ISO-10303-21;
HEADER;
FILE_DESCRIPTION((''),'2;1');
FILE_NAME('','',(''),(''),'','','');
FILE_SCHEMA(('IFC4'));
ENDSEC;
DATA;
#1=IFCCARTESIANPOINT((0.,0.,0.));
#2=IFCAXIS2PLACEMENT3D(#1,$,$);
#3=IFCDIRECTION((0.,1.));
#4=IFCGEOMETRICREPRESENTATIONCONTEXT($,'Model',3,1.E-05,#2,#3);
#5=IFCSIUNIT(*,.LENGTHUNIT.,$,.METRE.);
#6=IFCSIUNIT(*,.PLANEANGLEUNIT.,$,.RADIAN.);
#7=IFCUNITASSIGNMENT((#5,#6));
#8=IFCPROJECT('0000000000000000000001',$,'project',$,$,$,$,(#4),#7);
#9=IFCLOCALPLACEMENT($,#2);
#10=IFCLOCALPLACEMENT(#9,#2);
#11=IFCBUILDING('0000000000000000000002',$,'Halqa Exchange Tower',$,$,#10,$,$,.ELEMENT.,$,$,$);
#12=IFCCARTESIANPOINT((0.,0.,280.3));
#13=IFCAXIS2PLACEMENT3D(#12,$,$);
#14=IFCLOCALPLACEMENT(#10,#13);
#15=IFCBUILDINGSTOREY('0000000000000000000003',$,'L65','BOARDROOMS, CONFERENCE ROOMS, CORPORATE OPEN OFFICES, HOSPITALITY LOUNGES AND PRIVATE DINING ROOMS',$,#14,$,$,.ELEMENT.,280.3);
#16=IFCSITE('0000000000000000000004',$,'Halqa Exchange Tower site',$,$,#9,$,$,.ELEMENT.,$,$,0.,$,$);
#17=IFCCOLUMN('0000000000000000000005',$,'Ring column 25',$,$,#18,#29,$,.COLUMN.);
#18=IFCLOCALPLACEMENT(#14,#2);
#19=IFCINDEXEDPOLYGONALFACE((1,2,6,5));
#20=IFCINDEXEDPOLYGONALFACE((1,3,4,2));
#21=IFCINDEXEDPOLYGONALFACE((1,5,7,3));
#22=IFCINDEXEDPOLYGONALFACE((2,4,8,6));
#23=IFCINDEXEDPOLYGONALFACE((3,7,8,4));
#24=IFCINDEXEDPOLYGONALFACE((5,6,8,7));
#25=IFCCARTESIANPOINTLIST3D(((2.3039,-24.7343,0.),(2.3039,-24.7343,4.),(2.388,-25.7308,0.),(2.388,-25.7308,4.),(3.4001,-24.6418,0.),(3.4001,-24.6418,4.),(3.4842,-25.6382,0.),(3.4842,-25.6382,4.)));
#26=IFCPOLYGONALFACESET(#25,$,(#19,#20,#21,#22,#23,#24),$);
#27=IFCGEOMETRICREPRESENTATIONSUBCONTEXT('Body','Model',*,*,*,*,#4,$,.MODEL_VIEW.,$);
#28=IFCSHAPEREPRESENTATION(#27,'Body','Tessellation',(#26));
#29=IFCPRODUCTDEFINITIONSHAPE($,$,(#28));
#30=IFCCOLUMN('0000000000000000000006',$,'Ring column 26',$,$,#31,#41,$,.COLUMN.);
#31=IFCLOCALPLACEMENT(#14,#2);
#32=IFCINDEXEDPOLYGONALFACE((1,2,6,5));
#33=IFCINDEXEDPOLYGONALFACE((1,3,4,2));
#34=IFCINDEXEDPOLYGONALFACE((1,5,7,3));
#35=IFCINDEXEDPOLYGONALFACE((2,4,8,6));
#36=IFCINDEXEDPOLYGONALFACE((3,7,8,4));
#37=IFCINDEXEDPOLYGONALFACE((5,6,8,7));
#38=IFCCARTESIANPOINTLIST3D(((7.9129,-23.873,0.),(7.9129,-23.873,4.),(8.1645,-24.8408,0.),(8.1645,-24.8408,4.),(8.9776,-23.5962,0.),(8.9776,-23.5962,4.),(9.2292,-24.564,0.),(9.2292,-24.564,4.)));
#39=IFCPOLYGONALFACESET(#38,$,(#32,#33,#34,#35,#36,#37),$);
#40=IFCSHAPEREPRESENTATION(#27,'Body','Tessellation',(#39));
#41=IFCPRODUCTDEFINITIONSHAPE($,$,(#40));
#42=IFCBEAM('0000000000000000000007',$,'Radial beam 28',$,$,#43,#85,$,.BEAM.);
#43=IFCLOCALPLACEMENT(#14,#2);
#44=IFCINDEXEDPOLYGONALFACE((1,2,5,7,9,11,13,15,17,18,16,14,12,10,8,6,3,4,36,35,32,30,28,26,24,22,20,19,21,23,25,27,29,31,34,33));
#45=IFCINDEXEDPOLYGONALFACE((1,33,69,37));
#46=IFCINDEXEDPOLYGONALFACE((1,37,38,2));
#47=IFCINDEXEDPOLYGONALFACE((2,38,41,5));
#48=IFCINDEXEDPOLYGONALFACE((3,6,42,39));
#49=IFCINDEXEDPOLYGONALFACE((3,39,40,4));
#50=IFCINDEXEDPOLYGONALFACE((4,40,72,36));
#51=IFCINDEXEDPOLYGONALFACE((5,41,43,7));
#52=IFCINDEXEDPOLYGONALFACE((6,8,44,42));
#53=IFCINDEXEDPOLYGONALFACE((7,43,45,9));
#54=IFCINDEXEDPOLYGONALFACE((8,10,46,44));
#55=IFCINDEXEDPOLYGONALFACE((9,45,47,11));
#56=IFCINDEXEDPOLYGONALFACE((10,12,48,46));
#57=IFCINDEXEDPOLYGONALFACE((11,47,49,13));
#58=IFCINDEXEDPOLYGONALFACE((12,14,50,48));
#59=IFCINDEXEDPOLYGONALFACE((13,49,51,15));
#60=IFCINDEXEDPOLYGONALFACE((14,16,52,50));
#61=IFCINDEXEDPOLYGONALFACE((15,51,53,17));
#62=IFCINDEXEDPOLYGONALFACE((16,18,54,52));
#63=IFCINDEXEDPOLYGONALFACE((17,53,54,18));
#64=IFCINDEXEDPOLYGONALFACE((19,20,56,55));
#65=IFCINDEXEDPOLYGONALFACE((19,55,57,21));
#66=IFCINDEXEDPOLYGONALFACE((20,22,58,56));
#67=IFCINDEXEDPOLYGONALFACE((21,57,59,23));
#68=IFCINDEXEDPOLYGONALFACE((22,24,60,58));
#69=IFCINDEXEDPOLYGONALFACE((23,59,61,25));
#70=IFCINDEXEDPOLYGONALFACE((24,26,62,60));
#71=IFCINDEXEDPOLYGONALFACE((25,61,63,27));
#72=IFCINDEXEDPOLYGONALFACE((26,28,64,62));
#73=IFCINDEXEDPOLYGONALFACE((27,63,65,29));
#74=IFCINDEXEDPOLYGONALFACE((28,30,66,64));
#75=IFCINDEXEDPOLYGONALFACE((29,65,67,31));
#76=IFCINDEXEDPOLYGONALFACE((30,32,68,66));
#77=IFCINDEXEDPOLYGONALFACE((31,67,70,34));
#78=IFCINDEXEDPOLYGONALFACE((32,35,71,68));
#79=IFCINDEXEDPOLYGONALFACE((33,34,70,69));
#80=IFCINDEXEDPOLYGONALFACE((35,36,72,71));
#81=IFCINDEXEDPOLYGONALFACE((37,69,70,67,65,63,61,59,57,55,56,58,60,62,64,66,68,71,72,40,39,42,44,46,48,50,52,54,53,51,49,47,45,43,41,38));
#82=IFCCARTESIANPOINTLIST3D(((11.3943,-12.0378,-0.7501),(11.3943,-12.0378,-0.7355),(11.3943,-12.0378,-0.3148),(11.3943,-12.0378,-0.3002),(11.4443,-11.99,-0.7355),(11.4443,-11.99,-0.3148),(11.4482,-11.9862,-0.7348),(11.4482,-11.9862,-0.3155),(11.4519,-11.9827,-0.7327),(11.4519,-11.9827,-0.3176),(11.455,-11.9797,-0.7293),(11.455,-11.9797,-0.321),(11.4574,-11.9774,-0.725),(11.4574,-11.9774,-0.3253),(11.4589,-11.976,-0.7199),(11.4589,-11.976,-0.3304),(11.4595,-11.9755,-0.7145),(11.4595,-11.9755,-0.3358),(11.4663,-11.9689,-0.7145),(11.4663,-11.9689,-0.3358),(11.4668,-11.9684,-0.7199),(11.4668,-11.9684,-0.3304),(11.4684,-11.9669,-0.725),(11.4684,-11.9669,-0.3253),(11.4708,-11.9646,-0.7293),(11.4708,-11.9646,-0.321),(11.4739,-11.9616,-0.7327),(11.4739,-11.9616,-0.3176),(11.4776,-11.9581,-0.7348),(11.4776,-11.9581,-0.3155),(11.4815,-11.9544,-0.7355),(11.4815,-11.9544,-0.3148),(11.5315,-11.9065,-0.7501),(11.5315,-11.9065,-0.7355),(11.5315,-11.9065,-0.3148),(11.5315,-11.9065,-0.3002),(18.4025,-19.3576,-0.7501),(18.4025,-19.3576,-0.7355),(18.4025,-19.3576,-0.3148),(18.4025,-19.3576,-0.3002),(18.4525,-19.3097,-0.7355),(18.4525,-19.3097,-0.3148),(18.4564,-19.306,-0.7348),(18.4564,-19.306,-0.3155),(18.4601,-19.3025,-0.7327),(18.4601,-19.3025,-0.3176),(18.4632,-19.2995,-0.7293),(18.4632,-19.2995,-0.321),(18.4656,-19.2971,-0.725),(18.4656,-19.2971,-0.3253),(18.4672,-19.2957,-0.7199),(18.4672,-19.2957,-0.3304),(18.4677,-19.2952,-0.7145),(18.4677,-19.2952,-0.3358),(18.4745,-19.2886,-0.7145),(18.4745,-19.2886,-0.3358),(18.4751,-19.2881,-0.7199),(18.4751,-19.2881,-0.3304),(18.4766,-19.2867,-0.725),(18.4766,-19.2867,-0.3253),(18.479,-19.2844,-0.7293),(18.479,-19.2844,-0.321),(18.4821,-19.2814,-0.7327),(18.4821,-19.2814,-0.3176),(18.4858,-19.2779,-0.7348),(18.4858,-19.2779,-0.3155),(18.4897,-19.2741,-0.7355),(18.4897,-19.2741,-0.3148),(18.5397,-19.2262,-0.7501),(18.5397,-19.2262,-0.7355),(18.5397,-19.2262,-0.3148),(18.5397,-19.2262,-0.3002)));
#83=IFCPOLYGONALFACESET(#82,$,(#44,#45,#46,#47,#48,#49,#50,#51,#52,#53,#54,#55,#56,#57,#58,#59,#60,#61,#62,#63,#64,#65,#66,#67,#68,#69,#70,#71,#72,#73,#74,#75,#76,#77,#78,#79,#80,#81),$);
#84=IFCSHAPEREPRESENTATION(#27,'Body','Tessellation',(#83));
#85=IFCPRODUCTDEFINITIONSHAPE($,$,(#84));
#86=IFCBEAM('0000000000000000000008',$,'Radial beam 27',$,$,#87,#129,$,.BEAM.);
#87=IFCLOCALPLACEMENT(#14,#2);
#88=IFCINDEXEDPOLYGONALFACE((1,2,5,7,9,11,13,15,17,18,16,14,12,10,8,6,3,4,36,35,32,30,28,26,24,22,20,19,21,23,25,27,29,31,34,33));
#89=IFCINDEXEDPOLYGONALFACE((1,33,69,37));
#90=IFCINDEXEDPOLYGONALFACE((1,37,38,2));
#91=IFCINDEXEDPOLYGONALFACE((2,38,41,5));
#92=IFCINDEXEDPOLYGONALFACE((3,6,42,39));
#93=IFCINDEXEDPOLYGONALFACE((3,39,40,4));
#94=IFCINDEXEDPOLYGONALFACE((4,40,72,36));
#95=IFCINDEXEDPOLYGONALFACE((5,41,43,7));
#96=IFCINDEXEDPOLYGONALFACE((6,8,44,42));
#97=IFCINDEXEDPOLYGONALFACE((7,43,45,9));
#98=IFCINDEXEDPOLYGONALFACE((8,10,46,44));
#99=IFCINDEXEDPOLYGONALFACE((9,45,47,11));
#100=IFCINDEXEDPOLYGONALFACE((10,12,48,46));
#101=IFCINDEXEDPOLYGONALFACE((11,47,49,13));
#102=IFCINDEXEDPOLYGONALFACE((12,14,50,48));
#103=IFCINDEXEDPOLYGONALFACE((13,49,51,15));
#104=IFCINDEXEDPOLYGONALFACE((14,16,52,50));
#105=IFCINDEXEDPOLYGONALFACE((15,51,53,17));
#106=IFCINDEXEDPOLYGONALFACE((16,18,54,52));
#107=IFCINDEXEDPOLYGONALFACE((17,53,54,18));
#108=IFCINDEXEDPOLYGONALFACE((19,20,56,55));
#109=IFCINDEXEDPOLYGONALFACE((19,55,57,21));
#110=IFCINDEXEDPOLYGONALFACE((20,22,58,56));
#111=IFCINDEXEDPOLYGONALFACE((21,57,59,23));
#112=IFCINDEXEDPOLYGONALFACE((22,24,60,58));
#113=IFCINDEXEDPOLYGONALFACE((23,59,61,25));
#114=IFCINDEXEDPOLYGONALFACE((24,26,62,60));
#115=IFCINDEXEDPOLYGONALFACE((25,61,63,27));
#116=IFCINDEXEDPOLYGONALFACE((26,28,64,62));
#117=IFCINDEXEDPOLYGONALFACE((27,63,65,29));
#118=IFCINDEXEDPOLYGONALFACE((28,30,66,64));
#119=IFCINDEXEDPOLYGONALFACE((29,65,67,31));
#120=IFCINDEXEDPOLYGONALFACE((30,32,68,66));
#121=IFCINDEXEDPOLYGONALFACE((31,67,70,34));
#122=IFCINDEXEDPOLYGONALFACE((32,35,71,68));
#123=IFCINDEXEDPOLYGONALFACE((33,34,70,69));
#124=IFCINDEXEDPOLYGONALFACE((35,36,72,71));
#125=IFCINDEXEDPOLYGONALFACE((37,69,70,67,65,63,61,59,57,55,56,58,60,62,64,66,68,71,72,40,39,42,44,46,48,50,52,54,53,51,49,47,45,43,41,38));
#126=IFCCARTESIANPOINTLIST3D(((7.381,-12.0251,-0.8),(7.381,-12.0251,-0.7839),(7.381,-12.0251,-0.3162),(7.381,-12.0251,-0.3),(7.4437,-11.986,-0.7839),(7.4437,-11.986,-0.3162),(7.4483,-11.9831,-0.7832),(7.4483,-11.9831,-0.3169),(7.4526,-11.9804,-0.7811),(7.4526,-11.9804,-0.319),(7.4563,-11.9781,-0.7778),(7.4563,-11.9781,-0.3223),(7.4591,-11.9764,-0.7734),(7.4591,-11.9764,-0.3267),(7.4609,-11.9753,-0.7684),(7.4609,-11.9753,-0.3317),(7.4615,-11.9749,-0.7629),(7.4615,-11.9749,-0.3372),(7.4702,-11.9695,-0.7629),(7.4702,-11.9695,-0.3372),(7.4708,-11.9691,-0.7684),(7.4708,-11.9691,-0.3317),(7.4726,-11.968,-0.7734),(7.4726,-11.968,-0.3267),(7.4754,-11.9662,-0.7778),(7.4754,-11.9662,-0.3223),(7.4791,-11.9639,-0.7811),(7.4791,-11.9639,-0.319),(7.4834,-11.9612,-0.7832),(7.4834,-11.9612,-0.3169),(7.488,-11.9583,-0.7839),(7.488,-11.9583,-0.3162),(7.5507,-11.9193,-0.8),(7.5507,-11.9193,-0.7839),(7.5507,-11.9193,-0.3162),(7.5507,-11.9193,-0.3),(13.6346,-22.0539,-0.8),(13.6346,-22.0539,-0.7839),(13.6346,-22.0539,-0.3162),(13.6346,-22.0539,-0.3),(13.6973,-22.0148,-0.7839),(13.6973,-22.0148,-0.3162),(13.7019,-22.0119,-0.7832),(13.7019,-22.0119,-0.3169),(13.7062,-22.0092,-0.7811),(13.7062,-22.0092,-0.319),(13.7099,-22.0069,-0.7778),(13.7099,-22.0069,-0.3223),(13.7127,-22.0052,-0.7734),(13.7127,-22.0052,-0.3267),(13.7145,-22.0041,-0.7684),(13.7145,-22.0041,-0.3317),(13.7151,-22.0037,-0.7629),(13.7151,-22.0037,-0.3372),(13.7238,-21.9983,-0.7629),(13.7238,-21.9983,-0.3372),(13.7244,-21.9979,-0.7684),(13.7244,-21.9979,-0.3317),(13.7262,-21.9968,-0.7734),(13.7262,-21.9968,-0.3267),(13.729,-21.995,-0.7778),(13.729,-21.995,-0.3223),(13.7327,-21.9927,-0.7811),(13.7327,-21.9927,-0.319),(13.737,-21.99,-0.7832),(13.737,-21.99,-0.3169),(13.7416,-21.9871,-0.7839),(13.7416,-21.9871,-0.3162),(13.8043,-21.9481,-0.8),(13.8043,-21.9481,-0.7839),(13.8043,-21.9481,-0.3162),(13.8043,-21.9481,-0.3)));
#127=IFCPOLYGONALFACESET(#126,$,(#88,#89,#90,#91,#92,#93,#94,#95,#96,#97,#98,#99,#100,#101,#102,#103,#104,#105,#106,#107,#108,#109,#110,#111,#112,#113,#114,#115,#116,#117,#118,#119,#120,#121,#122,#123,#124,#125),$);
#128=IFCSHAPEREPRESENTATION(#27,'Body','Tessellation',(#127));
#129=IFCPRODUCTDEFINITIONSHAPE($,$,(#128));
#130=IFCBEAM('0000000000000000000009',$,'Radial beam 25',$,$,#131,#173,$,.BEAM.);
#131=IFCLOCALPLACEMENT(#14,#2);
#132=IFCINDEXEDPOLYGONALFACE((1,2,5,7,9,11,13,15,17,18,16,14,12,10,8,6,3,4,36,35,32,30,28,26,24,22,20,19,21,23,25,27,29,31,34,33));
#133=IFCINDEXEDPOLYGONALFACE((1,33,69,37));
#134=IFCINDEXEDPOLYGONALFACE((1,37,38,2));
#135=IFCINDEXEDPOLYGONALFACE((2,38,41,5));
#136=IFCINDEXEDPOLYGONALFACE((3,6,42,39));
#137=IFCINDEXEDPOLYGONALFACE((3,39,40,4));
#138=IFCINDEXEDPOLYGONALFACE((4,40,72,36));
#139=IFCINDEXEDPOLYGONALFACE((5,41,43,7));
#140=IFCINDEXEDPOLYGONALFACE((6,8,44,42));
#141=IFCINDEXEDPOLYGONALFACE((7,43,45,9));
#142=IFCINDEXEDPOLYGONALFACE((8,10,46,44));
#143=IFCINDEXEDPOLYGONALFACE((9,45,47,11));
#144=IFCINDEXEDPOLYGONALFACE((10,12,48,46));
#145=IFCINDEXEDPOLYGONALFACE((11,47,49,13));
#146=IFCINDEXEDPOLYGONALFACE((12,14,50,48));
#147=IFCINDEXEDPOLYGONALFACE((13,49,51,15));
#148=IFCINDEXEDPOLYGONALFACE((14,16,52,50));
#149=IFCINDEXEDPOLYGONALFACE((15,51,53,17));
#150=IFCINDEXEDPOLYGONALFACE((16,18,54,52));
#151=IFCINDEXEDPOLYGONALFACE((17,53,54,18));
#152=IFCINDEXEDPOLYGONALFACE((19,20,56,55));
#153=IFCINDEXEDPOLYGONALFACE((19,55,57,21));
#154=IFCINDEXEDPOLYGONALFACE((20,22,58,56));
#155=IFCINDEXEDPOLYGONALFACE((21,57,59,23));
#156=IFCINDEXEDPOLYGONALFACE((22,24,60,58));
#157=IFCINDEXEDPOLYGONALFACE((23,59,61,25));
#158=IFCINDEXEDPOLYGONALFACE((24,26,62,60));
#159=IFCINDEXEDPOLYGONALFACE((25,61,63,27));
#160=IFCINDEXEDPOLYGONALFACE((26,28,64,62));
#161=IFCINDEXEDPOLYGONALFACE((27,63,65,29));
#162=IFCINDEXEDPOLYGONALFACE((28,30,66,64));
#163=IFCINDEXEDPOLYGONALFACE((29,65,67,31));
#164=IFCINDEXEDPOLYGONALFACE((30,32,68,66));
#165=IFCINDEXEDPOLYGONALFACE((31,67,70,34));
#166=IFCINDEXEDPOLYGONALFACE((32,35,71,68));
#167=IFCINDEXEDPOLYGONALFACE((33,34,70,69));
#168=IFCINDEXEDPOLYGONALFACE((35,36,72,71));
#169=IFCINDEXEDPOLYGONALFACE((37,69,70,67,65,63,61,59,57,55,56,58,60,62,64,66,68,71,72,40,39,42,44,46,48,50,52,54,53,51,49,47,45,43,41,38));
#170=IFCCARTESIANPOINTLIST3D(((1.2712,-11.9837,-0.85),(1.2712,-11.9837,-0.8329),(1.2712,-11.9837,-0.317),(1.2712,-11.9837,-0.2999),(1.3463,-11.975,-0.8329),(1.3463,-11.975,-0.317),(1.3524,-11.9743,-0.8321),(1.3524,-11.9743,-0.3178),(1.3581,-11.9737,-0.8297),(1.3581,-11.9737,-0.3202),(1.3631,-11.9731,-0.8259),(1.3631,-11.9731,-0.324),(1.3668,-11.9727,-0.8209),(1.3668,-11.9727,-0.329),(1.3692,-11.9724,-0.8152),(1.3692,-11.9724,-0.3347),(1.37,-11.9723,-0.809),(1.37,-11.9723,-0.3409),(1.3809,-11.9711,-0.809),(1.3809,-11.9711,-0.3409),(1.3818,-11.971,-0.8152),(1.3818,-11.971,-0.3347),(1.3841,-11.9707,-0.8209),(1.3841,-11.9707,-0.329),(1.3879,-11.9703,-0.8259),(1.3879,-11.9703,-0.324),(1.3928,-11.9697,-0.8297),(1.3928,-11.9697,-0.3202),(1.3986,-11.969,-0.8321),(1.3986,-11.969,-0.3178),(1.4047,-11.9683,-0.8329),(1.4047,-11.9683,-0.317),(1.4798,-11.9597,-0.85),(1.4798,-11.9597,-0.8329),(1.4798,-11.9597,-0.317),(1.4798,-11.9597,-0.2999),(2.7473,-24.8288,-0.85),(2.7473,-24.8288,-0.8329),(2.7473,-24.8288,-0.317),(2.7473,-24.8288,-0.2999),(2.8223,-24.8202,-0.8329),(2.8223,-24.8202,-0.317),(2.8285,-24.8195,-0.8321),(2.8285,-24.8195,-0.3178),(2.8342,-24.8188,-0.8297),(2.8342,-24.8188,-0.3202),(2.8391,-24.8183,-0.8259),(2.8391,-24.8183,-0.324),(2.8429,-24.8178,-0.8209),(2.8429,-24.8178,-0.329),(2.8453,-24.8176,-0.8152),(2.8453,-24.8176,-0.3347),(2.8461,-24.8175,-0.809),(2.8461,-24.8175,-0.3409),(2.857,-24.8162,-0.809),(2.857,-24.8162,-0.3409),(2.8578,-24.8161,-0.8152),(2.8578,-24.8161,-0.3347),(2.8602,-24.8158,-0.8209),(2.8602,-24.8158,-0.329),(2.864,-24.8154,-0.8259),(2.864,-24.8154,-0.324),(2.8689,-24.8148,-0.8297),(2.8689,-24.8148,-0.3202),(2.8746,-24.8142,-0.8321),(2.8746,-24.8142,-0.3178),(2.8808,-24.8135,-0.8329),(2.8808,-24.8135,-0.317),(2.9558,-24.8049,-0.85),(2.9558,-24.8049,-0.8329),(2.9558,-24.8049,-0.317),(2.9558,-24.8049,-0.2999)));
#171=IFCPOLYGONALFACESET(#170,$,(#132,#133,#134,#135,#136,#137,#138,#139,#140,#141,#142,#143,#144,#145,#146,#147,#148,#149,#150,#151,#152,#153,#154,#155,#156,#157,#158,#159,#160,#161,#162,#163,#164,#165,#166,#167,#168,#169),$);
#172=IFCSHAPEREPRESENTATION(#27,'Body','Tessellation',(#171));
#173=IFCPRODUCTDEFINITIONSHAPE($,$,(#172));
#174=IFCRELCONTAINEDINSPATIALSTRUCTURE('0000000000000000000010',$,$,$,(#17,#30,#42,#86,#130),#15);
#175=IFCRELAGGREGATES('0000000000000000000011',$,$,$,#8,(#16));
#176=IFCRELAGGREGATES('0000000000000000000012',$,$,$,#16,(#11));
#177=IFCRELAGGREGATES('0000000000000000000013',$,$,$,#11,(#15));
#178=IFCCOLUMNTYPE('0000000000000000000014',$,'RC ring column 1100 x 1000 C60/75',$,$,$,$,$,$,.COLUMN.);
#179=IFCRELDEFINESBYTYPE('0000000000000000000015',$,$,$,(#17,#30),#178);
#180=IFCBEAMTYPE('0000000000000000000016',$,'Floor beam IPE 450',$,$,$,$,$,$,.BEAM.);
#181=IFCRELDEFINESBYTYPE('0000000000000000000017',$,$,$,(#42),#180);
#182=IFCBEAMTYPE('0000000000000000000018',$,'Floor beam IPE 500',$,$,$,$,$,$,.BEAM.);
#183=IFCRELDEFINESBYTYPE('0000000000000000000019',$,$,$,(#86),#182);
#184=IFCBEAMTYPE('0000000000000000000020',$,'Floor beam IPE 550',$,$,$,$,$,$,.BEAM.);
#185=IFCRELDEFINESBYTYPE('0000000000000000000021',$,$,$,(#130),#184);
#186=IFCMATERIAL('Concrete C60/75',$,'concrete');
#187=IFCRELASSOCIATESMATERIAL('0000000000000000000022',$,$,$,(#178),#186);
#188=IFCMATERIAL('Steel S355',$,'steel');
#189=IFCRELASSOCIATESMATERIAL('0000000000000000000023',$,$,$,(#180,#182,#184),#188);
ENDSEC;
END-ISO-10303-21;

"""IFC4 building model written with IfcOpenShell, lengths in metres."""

from ifc_helpers import new_model, si_unit, direction, frame, origin, origin_2d, place, context, subcontext, project, spatial, rectangle, i_section, extrude, material, material_profile, profile_set, type_object, element, save


model = new_model("IFC4")

# Units and contexts
model_context = context("Model", 3, precision=1e-05, world=origin(), true_north=direction((0.0, 1.0)))
body_context = subcontext(model_context, "Body", "Model", "MODEL_VIEW")
ifc_project = project(units=[si_unit("LENGTHUNIT", "METRE"), si_unit("PLANEANGLEUNIT", "RADIAN")], contexts=[model_context])

# Site, building, storey
site_placement = place(None, origin())
site = spatial("IfcSite", under=ifc_project, at=site_placement, Name="Halqa Exchange Tower site", CompositionType="ELEMENT", RefElevation=0.0)
building_placement = place(site_placement, origin())
building = spatial("IfcBuilding", under=site, at=building_placement, Name="Halqa Exchange Tower", CompositionType="ELEMENT")
storey_placement = place(building_placement, frame((0.0, 0.0, 280.3)))
storey = spatial("IfcBuildingStorey", under=building, at=storey_placement, Name="L65", Description="BOARDROOMS, CONFERENCE ROOMS, CORPORATE OPEN OFFICES, HOSPITALITY LOUNGES AND PRIVATE DINING ROOMS", CompositionType="ELEMENT", Elevation=280.3)

# Columns
ifc_material_1 = material(Name="Concrete C60/75", Category="concrete")
ifc_material_profile_1 = material_profile(ifc_material_1, rectangle(XDim=1.1001, YDim=1.0, at=origin_2d()), Name="1100 x 1000")
ifc_profile_set_1 = profile_set([ifc_material_profile_1], Name="Concrete C60/75")
column_type = type_object("IfcColumnType", Name="RC ring column 1100 x 1000 C60/75", PredefinedType="COLUMN", material=ifc_profile_set_1)
for number, where, z_axis, x_axis, name in (
    (1, (2.894, -25.1863, 0.0), (0.0, 0.0, 1.0), (0.996456, 0.084121, 0.0), "Ring column 25"),
    (2, (8.571, -24.2185, 0.0), (0.0, 0.0, 1.0), (0.96782, 0.251644, 0.0), "Ring column 26"),
):
    element("IfcColumn", number, at=place(storey_placement, frame(where, z_axis=z_axis, x_axis=x_axis)), inside=storey, type_object=column_type, Name=name, PredefinedType="COLUMN", context=body_context, shape_type="SweptSolid", body=[
        extrude(rectangle(XDim=1.1001, YDim=1.0, at=origin_2d()), origin(), (0.0, 0.0, 1.0), 4.0),
    ])

# Beams
ifc_material_2 = material(Name="Steel S355", Category="steel")
ifc_material_profile_2 = material_profile(ifc_material_2, i_section(OverallWidth=0.1899, OverallDepth=0.45, WebThickness=0.0095, FlangeThickness=0.0146, FilletRadius=0.021, at=origin_2d()), Name="IPE 450")
ifc_profile_set_2 = profile_set([ifc_material_profile_2], Name="Steel S355")
beam_type_1 = type_object("IfcBeamType", Name="Floor beam IPE 450", PredefinedType="BEAM", material=ifc_profile_set_2)
beam_1_placement = place(storey_placement, frame((11.4629, -11.9722, -0.5251), z_axis=(0.691569, -0.72231, 0.0), x_axis=(0.72231, 0.691569, 0.0)))
element("IfcBeam", 3, at=beam_1_placement, inside=storey, type_object=beam_type_1, Name="Radial beam 28", PredefinedType="BEAM", context=body_context, shape_type="SweptSolid", body=[
    extrude(i_section(OverallWidth=0.1899, OverallDepth=0.45, WebThickness=0.0095, FlangeThickness=0.0146, FilletRadius=0.021, at=origin_2d()), origin(), (0.0, 0.0, 1.0), 10.1338),
])
ifc_material_profile_3 = material_profile(ifc_material_2, i_section(OverallWidth=0.2, OverallDepth=0.5, WebThickness=0.0103, FlangeThickness=0.0161, FilletRadius=0.021, at=origin_2d()), Name="IPE 500")
ifc_profile_set_3 = profile_set([ifc_material_profile_3], Name="Steel S355")
beam_type_2 = type_object("IfcBeamType", Name="Floor beam IPE 500", PredefinedType="BEAM", material=ifc_profile_set_3)
beam_2_placement = place(storey_placement, frame((7.4658, -11.9722, -0.55), z_axis=(0.529126, -0.848543, 0.0), x_axis=(0.848543, 0.529126, 0.0)))
element("IfcBeam", 4, at=beam_2_placement, inside=storey, type_object=beam_type_2, Name="Radial beam 27", PredefinedType="BEAM", context=body_context, shape_type="SweptSolid", body=[
    extrude(i_section(OverallWidth=0.2, OverallDepth=0.5, WebThickness=0.0103, FlangeThickness=0.0161, FilletRadius=0.021, at=origin_2d()), origin(), (0.0, 0.0, 1.0), 11.8188),
])
ifc_material_profile_4 = material_profile(ifc_material_2, i_section(OverallWidth=0.21, OverallDepth=0.55, WebThickness=0.011, FlangeThickness=0.0171, FilletRadius=0.0239, at=origin_2d()), Name="IPE 550")
ifc_profile_set_4 = profile_set([ifc_material_profile_4], Name="Steel S355")
beam_type_3 = type_object("IfcBeamType", Name="Floor beam IPE 550", PredefinedType="BEAM", material=ifc_profile_set_4)
beam_3_placement = place(storey_placement, frame((1.3755, -11.9717, -0.575), z_axis=(0.114161, -0.993462, 0.0), x_axis=(0.993462, 0.114161, 0.0)))
element("IfcBeam", 5, at=beam_3_placement, inside=storey, type_object=beam_type_3, Name="Radial beam 25", PredefinedType="BEAM", context=body_context, shape_type="SweptSolid", body=[
    extrude(i_section(OverallWidth=0.21, OverallDepth=0.55, WebThickness=0.011, FlangeThickness=0.0171, FilletRadius=0.0239, at=origin_2d()), origin(), (0.0, 0.0, 1.0), 12.9297),
])

save(model, "model.ifc")
